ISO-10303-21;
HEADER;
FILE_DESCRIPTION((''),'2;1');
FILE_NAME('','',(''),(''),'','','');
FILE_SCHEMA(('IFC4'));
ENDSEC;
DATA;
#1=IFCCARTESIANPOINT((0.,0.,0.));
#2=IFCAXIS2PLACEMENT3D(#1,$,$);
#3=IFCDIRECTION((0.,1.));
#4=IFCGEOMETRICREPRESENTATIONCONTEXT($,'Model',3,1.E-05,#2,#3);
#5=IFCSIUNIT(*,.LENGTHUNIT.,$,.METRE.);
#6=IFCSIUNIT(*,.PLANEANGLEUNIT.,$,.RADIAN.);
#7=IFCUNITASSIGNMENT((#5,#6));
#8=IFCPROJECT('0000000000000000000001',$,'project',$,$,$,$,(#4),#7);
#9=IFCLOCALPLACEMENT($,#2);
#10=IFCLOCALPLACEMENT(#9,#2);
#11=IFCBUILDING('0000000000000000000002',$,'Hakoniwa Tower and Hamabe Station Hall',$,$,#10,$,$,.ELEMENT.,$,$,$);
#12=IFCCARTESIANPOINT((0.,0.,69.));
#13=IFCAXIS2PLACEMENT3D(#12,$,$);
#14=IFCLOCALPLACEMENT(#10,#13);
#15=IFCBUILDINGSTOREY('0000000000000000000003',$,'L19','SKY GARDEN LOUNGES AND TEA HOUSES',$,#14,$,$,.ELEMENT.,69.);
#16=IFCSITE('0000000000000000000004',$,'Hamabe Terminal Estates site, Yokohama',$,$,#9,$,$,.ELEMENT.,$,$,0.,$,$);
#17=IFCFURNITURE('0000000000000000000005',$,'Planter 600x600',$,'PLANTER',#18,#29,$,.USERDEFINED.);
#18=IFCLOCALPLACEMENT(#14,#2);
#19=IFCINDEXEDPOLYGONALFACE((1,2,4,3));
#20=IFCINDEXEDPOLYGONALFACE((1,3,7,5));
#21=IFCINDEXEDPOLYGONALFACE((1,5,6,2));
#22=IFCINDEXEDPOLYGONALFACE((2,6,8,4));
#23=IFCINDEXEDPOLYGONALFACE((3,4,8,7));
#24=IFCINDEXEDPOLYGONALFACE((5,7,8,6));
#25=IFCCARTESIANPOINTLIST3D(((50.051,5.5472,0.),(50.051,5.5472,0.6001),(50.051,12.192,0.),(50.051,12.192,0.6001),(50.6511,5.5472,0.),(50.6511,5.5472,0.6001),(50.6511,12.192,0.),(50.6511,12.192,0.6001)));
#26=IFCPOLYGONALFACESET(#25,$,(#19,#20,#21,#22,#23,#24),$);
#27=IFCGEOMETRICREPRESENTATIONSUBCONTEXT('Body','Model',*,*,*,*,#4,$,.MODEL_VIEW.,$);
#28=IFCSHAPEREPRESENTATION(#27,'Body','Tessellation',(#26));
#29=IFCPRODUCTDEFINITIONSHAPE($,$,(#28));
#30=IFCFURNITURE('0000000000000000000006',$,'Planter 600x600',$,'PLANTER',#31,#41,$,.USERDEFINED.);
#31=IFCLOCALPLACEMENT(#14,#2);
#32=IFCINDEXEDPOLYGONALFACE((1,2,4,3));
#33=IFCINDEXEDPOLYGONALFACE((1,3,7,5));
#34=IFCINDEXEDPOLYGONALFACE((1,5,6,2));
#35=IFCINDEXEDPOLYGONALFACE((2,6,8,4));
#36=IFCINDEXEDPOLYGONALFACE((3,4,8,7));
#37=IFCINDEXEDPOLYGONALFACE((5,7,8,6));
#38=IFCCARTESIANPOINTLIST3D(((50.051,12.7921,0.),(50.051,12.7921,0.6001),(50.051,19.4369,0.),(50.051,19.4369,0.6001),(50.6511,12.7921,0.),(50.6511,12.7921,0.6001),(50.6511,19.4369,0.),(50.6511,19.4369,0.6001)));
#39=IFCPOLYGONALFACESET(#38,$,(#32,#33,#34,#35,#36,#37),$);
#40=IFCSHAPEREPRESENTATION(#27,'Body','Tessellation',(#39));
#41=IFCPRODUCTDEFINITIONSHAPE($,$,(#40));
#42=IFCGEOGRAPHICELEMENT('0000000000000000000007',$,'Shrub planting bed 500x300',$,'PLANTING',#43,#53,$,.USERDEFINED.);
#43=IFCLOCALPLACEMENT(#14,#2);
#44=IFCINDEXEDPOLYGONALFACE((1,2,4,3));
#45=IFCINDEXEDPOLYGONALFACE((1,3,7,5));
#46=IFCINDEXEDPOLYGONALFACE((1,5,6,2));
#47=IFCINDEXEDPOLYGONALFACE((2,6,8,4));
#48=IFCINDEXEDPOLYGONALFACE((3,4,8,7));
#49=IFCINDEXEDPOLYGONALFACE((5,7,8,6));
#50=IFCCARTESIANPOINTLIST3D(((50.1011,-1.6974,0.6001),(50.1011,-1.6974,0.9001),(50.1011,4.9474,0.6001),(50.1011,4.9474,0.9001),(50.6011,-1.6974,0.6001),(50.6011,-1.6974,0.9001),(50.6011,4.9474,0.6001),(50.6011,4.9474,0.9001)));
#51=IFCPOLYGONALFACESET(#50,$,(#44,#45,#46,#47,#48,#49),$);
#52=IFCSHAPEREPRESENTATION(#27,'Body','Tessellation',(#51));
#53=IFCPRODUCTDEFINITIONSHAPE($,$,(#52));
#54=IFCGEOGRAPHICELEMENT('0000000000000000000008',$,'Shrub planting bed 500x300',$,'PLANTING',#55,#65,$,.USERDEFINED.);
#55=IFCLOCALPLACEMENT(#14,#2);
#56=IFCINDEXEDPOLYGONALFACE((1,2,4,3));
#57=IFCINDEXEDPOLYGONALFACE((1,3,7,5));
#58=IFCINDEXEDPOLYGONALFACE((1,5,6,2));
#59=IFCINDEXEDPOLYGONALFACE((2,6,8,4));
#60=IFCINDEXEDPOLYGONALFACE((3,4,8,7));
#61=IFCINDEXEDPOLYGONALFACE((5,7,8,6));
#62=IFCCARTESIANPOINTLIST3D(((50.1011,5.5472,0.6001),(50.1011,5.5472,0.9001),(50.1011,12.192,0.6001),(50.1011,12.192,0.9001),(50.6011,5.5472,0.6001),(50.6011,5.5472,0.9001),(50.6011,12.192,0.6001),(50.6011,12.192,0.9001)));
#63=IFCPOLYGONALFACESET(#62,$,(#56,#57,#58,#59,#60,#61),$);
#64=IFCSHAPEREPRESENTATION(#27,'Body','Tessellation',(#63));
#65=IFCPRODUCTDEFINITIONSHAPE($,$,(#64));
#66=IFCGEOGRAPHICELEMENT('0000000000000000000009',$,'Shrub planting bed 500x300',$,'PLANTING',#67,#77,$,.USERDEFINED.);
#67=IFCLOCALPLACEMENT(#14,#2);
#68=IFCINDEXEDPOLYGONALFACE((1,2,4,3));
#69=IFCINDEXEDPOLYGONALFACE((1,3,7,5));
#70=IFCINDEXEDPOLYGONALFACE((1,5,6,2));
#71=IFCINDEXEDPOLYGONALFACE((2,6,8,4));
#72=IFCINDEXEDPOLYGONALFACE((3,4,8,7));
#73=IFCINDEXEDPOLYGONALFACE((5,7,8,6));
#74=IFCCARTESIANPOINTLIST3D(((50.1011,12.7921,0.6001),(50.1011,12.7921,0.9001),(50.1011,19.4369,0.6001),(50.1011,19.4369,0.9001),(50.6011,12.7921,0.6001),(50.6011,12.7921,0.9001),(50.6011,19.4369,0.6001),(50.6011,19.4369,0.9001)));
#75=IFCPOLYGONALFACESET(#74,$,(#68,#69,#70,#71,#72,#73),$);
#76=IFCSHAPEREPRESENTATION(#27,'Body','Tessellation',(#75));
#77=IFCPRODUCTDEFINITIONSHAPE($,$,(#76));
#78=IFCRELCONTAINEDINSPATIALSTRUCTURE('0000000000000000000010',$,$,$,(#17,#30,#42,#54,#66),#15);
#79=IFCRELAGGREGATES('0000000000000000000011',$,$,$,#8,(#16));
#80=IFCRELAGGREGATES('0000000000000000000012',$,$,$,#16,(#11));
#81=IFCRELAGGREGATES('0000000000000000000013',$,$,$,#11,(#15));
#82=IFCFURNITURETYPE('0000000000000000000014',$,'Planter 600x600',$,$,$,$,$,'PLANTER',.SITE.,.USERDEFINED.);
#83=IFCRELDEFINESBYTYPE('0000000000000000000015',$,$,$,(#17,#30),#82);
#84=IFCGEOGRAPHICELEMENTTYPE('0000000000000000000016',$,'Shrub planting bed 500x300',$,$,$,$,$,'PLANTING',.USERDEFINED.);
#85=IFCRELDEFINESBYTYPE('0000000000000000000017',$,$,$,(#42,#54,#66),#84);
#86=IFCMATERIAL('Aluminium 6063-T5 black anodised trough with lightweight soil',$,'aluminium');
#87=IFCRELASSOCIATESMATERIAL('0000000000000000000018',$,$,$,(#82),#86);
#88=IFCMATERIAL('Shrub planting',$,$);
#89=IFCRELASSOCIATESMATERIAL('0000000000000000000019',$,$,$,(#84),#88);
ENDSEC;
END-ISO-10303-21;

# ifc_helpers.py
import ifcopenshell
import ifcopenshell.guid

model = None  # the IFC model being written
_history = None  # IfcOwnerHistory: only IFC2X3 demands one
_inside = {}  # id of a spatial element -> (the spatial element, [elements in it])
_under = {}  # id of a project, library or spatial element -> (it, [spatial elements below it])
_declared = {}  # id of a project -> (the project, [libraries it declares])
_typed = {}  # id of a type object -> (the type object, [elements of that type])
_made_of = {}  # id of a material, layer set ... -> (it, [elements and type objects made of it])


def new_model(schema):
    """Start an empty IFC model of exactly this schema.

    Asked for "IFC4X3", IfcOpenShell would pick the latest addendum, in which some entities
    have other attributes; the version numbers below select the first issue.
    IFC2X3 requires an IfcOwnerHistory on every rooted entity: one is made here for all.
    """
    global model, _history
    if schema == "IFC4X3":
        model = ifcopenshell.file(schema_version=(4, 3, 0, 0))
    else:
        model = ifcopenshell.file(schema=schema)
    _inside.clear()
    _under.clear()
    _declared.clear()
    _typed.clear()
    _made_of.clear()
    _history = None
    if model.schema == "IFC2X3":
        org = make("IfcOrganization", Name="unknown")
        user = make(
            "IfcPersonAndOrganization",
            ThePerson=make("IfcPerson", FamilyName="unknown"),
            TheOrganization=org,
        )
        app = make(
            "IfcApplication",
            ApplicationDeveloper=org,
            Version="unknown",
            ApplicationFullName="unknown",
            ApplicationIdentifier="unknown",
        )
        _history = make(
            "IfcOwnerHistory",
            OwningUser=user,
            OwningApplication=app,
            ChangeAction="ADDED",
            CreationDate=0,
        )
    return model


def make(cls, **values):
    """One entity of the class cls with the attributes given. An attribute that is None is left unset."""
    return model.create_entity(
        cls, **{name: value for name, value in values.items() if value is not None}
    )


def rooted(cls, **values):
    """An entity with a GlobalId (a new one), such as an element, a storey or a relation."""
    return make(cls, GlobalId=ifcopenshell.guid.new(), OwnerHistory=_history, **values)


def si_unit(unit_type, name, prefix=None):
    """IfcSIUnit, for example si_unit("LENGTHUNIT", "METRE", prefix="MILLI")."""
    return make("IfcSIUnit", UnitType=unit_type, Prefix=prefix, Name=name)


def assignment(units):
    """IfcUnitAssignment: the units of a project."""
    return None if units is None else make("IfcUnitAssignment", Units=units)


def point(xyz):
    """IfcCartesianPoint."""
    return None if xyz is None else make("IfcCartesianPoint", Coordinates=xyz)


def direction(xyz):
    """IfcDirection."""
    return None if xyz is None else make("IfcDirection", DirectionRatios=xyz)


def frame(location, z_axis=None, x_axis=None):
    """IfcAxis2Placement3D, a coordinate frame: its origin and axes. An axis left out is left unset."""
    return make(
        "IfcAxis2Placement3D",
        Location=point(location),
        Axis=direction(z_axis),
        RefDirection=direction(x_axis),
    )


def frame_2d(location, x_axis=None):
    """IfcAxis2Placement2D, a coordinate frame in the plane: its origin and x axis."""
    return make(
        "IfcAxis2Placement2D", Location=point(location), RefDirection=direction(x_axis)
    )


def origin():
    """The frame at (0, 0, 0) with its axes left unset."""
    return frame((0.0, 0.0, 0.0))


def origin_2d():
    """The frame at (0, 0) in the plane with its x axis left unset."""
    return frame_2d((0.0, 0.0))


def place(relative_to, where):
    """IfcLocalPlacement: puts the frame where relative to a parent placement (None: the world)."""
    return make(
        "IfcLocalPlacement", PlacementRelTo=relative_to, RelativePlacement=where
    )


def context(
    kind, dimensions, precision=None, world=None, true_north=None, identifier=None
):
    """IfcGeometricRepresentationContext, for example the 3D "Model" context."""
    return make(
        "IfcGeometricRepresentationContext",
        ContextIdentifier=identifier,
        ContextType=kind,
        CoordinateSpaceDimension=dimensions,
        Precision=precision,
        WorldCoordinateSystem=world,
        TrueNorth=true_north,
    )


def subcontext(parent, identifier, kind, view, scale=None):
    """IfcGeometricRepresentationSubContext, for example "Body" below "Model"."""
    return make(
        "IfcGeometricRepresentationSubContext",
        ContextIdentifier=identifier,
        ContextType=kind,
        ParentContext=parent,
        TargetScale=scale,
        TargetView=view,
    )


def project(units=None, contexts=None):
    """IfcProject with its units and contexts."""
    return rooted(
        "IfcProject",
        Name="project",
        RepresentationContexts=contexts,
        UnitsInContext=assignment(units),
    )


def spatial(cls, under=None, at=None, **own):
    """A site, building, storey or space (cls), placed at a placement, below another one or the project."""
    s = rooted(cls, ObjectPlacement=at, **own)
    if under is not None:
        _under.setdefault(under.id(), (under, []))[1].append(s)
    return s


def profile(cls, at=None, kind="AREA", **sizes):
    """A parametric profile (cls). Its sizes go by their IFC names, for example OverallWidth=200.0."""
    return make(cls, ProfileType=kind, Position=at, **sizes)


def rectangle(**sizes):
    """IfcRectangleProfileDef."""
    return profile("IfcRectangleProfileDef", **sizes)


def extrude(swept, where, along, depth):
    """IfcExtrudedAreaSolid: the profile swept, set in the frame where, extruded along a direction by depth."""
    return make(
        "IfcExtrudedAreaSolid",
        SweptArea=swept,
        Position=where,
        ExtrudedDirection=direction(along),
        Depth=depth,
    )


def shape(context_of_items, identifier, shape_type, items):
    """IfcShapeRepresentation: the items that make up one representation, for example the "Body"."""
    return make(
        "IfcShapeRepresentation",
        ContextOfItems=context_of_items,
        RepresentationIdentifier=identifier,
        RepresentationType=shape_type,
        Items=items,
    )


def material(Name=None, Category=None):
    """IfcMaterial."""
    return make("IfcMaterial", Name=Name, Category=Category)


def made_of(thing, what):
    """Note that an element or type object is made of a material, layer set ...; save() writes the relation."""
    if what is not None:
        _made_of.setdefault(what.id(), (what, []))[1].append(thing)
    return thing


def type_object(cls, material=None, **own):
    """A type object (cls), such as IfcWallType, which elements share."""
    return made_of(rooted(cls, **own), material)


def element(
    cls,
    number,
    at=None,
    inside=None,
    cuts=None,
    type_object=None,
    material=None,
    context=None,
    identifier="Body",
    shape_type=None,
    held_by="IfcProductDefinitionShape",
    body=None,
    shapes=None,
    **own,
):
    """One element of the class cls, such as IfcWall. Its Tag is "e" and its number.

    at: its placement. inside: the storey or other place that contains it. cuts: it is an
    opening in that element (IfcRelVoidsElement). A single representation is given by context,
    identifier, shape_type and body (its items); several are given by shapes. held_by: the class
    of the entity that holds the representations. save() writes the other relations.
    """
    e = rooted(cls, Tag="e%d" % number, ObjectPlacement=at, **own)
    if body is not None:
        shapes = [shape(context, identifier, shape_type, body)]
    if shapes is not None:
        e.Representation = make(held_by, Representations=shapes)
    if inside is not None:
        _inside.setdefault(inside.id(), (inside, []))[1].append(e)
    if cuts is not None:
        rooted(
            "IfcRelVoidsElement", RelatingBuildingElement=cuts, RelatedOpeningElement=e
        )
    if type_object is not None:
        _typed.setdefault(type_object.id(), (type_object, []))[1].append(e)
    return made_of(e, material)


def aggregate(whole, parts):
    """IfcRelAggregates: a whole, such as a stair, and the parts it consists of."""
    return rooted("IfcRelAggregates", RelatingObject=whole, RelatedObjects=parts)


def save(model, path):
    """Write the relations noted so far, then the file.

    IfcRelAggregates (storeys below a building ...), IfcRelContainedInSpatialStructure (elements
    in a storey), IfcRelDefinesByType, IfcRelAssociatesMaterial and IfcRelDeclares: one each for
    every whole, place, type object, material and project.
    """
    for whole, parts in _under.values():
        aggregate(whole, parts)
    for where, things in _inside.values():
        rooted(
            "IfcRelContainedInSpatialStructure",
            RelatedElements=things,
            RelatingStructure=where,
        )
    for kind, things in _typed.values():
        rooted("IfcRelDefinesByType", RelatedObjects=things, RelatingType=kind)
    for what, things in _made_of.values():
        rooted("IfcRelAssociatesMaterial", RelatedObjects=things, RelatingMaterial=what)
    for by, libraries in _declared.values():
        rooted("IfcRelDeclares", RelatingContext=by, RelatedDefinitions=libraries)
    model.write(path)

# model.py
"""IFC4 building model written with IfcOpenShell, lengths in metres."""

from ifc_helpers import new_model, si_unit, direction, frame, origin, origin_2d, place, context, subcontext, project, spatial, rectangle, extrude, material, type_object, element, save


model = new_model("IFC4")

# Units and contexts
model_context = context("Model", 3, precision=1e-05, world=origin(), true_north=direction((0.0, 1.0)))
body_context = subcontext(model_context, "Body", "Model", "MODEL_VIEW")
ifc_project = project(units=[si_unit("LENGTHUNIT", "METRE"), si_unit("PLANEANGLEUNIT", "RADIAN")], contexts=[model_context])

# Site, building, storey
site_placement = place(None, origin())
site = spatial("IfcSite", under=ifc_project, at=site_placement, Name="Hamabe Terminal Estates site, Yokohama", CompositionType="ELEMENT", RefElevation=0.0)
building_placement = place(site_placement, origin())
building = spatial("IfcBuilding", under=site, at=building_placement, Name="Hakoniwa Tower and Hamabe Station Hall", CompositionType="ELEMENT")
storey_placement = place(building_placement, frame((0.0, 0.0, 69.0)))
storey = spatial("IfcBuildingStorey", under=building, at=storey_placement, Name="L19", Description="SKY GARDEN LOUNGES AND TEA HOUSES", CompositionType="ELEMENT", Elevation=69.0)

# Furniture
ifc_material_1 = material(Name="Aluminium 6063-T5 black anodised trough with lightweight soil", Category="aluminium")
furniture_type = type_object("IfcFurnitureType", Name="Planter 600x600", ElementType="PLANTER", AssemblyPlace="SITE", PredefinedType="USERDEFINED", material=ifc_material_1)
for number, where, z_axis, x_axis, name in (
    (1, (50.3511, 8.8696, 0.0), (0.0, 0.0, 1.0), (0.0, 1.0, 0.0), "Planter 600x600"),
    (2, (50.3511, 16.1145, 0.0), (0.0, 0.0, 1.0), (0.0, 1.0, 0.0), "Planter 600x600"),
):
    element("IfcFurniture", number, at=place(storey_placement, frame(where, z_axis=z_axis, x_axis=x_axis)), inside=storey, type_object=furniture_type, Name=name, ObjectType="PLANTER", PredefinedType="USERDEFINED", context=body_context, shape_type="SweptSolid", body=[
        extrude(rectangle(XDim=6.6448, YDim=0.6001, at=origin_2d()), origin(), (0.0, 0.0, 1.0), 0.6001),
    ])

# Geographic elements
ifc_material_2 = material(Name="Shrub planting")
geographic_element_type = type_object("IfcGeographicElementType", Name="Shrub planting bed 500x300", ElementType="PLANTING", PredefinedType="USERDEFINED", material=ifc_material_2)
for number, where, z_axis, x_axis, name in (
    (3, (50.3511, 1.625, 0.6001), (0.0, 0.0, 1.0), (0.0, 1.0, 0.0), "Shrub planting bed 500x300"),
    (4, (50.3511, 8.8696, 0.6001), (0.0, 0.0, 1.0), (0.0, 1.0, 0.0), "Shrub planting bed 500x300"),
    (5, (50.3511, 16.1145, 0.6001), (0.0, 0.0, 1.0), (0.0, 1.0, 0.0), "Shrub planting bed 500x300"),
):
    element("IfcGeographicElement", number, at=place(storey_placement, frame(where, z_axis=z_axis, x_axis=x_axis)), inside=storey, type_object=geographic_element_type, Name=name, ObjectType="PLANTING", PredefinedType="USERDEFINED", context=body_context, shape_type="SweptSolid", body=[
        extrude(rectangle(XDim=6.6448, YDim=0.5, at=origin_2d()), origin(), (0.0, 0.0, 1.0), 0.3),
    ])

save(model, "model.ifc")
